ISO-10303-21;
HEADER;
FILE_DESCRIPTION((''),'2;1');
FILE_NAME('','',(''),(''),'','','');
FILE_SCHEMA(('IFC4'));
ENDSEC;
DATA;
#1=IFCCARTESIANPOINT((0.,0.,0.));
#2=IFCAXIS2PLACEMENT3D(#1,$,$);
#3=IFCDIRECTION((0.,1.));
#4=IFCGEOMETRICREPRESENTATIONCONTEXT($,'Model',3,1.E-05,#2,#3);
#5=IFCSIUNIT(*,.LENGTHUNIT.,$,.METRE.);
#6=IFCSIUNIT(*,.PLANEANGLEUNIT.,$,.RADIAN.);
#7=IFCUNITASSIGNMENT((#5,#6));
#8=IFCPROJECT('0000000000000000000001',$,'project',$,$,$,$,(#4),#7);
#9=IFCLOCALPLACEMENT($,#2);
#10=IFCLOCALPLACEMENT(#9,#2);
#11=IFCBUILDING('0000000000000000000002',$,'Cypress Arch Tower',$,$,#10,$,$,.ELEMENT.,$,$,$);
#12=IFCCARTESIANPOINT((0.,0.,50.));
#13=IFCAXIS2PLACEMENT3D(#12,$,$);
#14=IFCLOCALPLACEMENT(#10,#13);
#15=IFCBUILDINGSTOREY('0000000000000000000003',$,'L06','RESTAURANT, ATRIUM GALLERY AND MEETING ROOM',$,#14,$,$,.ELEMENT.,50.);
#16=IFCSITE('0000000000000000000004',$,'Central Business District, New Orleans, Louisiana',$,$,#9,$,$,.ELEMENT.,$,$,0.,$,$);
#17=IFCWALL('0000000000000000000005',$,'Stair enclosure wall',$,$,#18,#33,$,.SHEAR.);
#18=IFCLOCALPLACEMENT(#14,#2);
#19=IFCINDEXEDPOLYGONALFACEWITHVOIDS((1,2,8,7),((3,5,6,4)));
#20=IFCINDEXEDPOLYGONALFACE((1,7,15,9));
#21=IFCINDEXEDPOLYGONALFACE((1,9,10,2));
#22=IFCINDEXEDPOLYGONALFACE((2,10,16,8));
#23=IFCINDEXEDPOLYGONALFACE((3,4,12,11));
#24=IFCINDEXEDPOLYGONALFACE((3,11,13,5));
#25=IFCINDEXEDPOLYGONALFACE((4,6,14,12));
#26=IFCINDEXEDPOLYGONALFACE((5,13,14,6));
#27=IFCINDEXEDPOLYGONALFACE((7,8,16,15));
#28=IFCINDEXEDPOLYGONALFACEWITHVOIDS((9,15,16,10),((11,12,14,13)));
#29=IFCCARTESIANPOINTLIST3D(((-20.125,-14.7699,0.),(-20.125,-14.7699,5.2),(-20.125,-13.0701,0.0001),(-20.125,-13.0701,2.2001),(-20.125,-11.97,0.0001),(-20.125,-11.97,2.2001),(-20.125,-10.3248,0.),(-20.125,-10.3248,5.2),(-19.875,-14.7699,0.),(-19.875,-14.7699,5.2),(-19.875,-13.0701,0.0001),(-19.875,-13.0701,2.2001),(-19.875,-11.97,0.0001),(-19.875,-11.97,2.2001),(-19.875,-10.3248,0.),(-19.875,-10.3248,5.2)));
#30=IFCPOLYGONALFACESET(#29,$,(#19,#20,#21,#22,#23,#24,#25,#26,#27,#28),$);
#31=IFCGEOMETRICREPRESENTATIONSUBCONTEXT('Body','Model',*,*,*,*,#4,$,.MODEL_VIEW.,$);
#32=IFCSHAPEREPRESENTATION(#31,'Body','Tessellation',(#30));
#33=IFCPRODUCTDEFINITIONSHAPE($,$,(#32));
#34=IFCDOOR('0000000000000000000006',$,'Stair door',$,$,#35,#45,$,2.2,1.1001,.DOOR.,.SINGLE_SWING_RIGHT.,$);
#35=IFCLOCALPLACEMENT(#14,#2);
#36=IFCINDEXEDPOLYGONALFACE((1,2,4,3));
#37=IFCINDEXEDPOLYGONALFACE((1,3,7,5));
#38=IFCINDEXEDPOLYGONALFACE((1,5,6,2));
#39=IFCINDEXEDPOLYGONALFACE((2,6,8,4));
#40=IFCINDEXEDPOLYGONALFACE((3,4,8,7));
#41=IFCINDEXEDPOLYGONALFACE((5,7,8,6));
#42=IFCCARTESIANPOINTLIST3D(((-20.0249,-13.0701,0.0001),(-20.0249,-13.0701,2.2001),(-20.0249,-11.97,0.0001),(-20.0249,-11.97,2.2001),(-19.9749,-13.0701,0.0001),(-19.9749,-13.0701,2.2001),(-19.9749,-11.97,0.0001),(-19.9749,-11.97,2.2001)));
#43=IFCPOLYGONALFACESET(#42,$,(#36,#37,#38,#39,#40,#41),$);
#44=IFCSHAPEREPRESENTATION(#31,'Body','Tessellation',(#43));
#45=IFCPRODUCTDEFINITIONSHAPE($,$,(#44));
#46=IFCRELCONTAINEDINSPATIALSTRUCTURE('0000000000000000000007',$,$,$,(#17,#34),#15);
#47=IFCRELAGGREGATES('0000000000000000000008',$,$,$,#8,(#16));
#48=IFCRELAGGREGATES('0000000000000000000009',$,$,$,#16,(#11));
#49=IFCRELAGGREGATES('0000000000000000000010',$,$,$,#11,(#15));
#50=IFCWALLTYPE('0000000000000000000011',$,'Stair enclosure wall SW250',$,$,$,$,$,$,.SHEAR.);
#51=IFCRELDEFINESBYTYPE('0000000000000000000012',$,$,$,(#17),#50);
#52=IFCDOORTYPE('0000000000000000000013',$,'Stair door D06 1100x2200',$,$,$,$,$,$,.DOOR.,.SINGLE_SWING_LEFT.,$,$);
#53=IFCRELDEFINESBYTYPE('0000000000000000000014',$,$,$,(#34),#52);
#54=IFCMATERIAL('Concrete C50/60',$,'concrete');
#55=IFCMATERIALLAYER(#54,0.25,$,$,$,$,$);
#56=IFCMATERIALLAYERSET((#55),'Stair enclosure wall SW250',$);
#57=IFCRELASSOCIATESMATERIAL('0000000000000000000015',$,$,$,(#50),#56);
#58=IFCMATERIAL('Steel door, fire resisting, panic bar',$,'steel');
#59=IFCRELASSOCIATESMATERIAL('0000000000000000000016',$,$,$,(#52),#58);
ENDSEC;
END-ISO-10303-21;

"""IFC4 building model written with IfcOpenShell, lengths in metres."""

from ifc_helpers import new_model, si_unit, direction, frame, frame_2d, origin, place, context, subcontext, project, spatial, rectangle, extrude, material, layer, layer_set, type_object, element, fill, save


model = new_model("IFC4")

# Units and contexts
model_context = context("Model", 3, precision=1e-05, world=origin(), true_north=direction((0.0, 1.0)))
body_context = subcontext(model_context, "Body", "Model", "MODEL_VIEW")
ifc_project = project(units=[si_unit("LENGTHUNIT", "METRE"), si_unit("PLANEANGLEUNIT", "RADIAN")], contexts=[model_context])

# Site, building, storey
site_placement = place(None, origin())
site = spatial("IfcSite", under=ifc_project, at=site_placement, Name="Central Business District, New Orleans, Louisiana", CompositionType="ELEMENT", RefElevation=0.0)
building_placement = place(site_placement, origin())
building = spatial("IfcBuilding", under=site, at=building_placement, Name="Cypress Arch Tower", CompositionType="ELEMENT")
storey_placement = place(building_placement, frame((0.0, 0.0, 50.0)))
storey = spatial("IfcBuildingStorey", under=building, at=storey_placement, Name="L06", Description="RESTAURANT, ATRIUM GALLERY AND MEETING ROOM", CompositionType="ELEMENT", Elevation=50.0)

# Wall, opening, door
ifc_material_1 = material(Name="Concrete C50/60", Category="concrete")
ifc_layer_1 = layer(ifc_material_1, 0.25)
ifc_layer_set_1 = layer_set([ifc_layer_1], Name="Stair enclosure wall SW250")
wall_type_1 = type_object("IfcWallType", Name="Stair enclosure wall SW250", PredefinedType="SHEAR", material=ifc_layer_set_1)
wall_1_placement = place(storey_placement, frame((-20.0, -14.77, 0.0), z_axis=(0.0, 0.0, 1.0), x_axis=(0.0, 1.0, 0.0)))
wall_1 = element("IfcWall", 1, at=wall_1_placement, inside=storey, type_object=wall_type_1, Name="Stair enclosure wall", PredefinedType="SHEAR", context=body_context, shape_type="SweptSolid", body=[
    extrude(rectangle(XDim=4.4451, YDim=0.25, at=frame_2d((2.2227, 0.0))), origin(), (0.0, 0.0, 1.0), 5.2),
])
opening_1_placement = place(wall_1_placement, frame((1.7, 0.0, 0.0)))
opening_1 = element("IfcOpeningElement", 2, at=opening_1_placement, cuts=wall_1, PredefinedType="OPENING", context=body_context, shape_type="SweptSolid", body=[
    extrude(rectangle(XDim=1.1001, YDim=2.2, at=frame_2d((0.55, 1.1001))), frame((0.0, 0.135, 0.0), z_axis=(0.0, -1.0, 0.0), x_axis=(1.0, 0.0, 0.0)), (0.0, 0.0, 1.0), 0.27),
])
ifc_material_2 = material(Name="Steel door, fire resisting, panic bar", Category="steel")
door_type_1 = type_object("IfcDoorType", Name="Stair door D06 1100x2200", OperationType="SINGLE_SWING_LEFT", PredefinedType="DOOR", material=ifc_material_2)
door_1_placement = place(opening_1_placement, origin())
door_1 = element("IfcDoor", 3, at=door_1_placement, inside=storey, type_object=door_type_1, Name="Stair door", OperationType="SINGLE_SWING_RIGHT", OverallHeight=2.2, OverallWidth=1.1001, PredefinedType="DOOR", context=body_context, shape_type="SweptSolid", body=[
    extrude(rectangle(XDim=1.1001, YDim=2.2, at=frame_2d((0.55, 1.1001))), frame((0.0, 0.0249, 0.0), z_axis=(0.0, -1.0, 0.0), x_axis=(1.0, 0.0, 0.0)), (0.0, 0.0, 1.0), 0.05),
])
fill(opening_1, door_1)

save(model, "model.ifc")
